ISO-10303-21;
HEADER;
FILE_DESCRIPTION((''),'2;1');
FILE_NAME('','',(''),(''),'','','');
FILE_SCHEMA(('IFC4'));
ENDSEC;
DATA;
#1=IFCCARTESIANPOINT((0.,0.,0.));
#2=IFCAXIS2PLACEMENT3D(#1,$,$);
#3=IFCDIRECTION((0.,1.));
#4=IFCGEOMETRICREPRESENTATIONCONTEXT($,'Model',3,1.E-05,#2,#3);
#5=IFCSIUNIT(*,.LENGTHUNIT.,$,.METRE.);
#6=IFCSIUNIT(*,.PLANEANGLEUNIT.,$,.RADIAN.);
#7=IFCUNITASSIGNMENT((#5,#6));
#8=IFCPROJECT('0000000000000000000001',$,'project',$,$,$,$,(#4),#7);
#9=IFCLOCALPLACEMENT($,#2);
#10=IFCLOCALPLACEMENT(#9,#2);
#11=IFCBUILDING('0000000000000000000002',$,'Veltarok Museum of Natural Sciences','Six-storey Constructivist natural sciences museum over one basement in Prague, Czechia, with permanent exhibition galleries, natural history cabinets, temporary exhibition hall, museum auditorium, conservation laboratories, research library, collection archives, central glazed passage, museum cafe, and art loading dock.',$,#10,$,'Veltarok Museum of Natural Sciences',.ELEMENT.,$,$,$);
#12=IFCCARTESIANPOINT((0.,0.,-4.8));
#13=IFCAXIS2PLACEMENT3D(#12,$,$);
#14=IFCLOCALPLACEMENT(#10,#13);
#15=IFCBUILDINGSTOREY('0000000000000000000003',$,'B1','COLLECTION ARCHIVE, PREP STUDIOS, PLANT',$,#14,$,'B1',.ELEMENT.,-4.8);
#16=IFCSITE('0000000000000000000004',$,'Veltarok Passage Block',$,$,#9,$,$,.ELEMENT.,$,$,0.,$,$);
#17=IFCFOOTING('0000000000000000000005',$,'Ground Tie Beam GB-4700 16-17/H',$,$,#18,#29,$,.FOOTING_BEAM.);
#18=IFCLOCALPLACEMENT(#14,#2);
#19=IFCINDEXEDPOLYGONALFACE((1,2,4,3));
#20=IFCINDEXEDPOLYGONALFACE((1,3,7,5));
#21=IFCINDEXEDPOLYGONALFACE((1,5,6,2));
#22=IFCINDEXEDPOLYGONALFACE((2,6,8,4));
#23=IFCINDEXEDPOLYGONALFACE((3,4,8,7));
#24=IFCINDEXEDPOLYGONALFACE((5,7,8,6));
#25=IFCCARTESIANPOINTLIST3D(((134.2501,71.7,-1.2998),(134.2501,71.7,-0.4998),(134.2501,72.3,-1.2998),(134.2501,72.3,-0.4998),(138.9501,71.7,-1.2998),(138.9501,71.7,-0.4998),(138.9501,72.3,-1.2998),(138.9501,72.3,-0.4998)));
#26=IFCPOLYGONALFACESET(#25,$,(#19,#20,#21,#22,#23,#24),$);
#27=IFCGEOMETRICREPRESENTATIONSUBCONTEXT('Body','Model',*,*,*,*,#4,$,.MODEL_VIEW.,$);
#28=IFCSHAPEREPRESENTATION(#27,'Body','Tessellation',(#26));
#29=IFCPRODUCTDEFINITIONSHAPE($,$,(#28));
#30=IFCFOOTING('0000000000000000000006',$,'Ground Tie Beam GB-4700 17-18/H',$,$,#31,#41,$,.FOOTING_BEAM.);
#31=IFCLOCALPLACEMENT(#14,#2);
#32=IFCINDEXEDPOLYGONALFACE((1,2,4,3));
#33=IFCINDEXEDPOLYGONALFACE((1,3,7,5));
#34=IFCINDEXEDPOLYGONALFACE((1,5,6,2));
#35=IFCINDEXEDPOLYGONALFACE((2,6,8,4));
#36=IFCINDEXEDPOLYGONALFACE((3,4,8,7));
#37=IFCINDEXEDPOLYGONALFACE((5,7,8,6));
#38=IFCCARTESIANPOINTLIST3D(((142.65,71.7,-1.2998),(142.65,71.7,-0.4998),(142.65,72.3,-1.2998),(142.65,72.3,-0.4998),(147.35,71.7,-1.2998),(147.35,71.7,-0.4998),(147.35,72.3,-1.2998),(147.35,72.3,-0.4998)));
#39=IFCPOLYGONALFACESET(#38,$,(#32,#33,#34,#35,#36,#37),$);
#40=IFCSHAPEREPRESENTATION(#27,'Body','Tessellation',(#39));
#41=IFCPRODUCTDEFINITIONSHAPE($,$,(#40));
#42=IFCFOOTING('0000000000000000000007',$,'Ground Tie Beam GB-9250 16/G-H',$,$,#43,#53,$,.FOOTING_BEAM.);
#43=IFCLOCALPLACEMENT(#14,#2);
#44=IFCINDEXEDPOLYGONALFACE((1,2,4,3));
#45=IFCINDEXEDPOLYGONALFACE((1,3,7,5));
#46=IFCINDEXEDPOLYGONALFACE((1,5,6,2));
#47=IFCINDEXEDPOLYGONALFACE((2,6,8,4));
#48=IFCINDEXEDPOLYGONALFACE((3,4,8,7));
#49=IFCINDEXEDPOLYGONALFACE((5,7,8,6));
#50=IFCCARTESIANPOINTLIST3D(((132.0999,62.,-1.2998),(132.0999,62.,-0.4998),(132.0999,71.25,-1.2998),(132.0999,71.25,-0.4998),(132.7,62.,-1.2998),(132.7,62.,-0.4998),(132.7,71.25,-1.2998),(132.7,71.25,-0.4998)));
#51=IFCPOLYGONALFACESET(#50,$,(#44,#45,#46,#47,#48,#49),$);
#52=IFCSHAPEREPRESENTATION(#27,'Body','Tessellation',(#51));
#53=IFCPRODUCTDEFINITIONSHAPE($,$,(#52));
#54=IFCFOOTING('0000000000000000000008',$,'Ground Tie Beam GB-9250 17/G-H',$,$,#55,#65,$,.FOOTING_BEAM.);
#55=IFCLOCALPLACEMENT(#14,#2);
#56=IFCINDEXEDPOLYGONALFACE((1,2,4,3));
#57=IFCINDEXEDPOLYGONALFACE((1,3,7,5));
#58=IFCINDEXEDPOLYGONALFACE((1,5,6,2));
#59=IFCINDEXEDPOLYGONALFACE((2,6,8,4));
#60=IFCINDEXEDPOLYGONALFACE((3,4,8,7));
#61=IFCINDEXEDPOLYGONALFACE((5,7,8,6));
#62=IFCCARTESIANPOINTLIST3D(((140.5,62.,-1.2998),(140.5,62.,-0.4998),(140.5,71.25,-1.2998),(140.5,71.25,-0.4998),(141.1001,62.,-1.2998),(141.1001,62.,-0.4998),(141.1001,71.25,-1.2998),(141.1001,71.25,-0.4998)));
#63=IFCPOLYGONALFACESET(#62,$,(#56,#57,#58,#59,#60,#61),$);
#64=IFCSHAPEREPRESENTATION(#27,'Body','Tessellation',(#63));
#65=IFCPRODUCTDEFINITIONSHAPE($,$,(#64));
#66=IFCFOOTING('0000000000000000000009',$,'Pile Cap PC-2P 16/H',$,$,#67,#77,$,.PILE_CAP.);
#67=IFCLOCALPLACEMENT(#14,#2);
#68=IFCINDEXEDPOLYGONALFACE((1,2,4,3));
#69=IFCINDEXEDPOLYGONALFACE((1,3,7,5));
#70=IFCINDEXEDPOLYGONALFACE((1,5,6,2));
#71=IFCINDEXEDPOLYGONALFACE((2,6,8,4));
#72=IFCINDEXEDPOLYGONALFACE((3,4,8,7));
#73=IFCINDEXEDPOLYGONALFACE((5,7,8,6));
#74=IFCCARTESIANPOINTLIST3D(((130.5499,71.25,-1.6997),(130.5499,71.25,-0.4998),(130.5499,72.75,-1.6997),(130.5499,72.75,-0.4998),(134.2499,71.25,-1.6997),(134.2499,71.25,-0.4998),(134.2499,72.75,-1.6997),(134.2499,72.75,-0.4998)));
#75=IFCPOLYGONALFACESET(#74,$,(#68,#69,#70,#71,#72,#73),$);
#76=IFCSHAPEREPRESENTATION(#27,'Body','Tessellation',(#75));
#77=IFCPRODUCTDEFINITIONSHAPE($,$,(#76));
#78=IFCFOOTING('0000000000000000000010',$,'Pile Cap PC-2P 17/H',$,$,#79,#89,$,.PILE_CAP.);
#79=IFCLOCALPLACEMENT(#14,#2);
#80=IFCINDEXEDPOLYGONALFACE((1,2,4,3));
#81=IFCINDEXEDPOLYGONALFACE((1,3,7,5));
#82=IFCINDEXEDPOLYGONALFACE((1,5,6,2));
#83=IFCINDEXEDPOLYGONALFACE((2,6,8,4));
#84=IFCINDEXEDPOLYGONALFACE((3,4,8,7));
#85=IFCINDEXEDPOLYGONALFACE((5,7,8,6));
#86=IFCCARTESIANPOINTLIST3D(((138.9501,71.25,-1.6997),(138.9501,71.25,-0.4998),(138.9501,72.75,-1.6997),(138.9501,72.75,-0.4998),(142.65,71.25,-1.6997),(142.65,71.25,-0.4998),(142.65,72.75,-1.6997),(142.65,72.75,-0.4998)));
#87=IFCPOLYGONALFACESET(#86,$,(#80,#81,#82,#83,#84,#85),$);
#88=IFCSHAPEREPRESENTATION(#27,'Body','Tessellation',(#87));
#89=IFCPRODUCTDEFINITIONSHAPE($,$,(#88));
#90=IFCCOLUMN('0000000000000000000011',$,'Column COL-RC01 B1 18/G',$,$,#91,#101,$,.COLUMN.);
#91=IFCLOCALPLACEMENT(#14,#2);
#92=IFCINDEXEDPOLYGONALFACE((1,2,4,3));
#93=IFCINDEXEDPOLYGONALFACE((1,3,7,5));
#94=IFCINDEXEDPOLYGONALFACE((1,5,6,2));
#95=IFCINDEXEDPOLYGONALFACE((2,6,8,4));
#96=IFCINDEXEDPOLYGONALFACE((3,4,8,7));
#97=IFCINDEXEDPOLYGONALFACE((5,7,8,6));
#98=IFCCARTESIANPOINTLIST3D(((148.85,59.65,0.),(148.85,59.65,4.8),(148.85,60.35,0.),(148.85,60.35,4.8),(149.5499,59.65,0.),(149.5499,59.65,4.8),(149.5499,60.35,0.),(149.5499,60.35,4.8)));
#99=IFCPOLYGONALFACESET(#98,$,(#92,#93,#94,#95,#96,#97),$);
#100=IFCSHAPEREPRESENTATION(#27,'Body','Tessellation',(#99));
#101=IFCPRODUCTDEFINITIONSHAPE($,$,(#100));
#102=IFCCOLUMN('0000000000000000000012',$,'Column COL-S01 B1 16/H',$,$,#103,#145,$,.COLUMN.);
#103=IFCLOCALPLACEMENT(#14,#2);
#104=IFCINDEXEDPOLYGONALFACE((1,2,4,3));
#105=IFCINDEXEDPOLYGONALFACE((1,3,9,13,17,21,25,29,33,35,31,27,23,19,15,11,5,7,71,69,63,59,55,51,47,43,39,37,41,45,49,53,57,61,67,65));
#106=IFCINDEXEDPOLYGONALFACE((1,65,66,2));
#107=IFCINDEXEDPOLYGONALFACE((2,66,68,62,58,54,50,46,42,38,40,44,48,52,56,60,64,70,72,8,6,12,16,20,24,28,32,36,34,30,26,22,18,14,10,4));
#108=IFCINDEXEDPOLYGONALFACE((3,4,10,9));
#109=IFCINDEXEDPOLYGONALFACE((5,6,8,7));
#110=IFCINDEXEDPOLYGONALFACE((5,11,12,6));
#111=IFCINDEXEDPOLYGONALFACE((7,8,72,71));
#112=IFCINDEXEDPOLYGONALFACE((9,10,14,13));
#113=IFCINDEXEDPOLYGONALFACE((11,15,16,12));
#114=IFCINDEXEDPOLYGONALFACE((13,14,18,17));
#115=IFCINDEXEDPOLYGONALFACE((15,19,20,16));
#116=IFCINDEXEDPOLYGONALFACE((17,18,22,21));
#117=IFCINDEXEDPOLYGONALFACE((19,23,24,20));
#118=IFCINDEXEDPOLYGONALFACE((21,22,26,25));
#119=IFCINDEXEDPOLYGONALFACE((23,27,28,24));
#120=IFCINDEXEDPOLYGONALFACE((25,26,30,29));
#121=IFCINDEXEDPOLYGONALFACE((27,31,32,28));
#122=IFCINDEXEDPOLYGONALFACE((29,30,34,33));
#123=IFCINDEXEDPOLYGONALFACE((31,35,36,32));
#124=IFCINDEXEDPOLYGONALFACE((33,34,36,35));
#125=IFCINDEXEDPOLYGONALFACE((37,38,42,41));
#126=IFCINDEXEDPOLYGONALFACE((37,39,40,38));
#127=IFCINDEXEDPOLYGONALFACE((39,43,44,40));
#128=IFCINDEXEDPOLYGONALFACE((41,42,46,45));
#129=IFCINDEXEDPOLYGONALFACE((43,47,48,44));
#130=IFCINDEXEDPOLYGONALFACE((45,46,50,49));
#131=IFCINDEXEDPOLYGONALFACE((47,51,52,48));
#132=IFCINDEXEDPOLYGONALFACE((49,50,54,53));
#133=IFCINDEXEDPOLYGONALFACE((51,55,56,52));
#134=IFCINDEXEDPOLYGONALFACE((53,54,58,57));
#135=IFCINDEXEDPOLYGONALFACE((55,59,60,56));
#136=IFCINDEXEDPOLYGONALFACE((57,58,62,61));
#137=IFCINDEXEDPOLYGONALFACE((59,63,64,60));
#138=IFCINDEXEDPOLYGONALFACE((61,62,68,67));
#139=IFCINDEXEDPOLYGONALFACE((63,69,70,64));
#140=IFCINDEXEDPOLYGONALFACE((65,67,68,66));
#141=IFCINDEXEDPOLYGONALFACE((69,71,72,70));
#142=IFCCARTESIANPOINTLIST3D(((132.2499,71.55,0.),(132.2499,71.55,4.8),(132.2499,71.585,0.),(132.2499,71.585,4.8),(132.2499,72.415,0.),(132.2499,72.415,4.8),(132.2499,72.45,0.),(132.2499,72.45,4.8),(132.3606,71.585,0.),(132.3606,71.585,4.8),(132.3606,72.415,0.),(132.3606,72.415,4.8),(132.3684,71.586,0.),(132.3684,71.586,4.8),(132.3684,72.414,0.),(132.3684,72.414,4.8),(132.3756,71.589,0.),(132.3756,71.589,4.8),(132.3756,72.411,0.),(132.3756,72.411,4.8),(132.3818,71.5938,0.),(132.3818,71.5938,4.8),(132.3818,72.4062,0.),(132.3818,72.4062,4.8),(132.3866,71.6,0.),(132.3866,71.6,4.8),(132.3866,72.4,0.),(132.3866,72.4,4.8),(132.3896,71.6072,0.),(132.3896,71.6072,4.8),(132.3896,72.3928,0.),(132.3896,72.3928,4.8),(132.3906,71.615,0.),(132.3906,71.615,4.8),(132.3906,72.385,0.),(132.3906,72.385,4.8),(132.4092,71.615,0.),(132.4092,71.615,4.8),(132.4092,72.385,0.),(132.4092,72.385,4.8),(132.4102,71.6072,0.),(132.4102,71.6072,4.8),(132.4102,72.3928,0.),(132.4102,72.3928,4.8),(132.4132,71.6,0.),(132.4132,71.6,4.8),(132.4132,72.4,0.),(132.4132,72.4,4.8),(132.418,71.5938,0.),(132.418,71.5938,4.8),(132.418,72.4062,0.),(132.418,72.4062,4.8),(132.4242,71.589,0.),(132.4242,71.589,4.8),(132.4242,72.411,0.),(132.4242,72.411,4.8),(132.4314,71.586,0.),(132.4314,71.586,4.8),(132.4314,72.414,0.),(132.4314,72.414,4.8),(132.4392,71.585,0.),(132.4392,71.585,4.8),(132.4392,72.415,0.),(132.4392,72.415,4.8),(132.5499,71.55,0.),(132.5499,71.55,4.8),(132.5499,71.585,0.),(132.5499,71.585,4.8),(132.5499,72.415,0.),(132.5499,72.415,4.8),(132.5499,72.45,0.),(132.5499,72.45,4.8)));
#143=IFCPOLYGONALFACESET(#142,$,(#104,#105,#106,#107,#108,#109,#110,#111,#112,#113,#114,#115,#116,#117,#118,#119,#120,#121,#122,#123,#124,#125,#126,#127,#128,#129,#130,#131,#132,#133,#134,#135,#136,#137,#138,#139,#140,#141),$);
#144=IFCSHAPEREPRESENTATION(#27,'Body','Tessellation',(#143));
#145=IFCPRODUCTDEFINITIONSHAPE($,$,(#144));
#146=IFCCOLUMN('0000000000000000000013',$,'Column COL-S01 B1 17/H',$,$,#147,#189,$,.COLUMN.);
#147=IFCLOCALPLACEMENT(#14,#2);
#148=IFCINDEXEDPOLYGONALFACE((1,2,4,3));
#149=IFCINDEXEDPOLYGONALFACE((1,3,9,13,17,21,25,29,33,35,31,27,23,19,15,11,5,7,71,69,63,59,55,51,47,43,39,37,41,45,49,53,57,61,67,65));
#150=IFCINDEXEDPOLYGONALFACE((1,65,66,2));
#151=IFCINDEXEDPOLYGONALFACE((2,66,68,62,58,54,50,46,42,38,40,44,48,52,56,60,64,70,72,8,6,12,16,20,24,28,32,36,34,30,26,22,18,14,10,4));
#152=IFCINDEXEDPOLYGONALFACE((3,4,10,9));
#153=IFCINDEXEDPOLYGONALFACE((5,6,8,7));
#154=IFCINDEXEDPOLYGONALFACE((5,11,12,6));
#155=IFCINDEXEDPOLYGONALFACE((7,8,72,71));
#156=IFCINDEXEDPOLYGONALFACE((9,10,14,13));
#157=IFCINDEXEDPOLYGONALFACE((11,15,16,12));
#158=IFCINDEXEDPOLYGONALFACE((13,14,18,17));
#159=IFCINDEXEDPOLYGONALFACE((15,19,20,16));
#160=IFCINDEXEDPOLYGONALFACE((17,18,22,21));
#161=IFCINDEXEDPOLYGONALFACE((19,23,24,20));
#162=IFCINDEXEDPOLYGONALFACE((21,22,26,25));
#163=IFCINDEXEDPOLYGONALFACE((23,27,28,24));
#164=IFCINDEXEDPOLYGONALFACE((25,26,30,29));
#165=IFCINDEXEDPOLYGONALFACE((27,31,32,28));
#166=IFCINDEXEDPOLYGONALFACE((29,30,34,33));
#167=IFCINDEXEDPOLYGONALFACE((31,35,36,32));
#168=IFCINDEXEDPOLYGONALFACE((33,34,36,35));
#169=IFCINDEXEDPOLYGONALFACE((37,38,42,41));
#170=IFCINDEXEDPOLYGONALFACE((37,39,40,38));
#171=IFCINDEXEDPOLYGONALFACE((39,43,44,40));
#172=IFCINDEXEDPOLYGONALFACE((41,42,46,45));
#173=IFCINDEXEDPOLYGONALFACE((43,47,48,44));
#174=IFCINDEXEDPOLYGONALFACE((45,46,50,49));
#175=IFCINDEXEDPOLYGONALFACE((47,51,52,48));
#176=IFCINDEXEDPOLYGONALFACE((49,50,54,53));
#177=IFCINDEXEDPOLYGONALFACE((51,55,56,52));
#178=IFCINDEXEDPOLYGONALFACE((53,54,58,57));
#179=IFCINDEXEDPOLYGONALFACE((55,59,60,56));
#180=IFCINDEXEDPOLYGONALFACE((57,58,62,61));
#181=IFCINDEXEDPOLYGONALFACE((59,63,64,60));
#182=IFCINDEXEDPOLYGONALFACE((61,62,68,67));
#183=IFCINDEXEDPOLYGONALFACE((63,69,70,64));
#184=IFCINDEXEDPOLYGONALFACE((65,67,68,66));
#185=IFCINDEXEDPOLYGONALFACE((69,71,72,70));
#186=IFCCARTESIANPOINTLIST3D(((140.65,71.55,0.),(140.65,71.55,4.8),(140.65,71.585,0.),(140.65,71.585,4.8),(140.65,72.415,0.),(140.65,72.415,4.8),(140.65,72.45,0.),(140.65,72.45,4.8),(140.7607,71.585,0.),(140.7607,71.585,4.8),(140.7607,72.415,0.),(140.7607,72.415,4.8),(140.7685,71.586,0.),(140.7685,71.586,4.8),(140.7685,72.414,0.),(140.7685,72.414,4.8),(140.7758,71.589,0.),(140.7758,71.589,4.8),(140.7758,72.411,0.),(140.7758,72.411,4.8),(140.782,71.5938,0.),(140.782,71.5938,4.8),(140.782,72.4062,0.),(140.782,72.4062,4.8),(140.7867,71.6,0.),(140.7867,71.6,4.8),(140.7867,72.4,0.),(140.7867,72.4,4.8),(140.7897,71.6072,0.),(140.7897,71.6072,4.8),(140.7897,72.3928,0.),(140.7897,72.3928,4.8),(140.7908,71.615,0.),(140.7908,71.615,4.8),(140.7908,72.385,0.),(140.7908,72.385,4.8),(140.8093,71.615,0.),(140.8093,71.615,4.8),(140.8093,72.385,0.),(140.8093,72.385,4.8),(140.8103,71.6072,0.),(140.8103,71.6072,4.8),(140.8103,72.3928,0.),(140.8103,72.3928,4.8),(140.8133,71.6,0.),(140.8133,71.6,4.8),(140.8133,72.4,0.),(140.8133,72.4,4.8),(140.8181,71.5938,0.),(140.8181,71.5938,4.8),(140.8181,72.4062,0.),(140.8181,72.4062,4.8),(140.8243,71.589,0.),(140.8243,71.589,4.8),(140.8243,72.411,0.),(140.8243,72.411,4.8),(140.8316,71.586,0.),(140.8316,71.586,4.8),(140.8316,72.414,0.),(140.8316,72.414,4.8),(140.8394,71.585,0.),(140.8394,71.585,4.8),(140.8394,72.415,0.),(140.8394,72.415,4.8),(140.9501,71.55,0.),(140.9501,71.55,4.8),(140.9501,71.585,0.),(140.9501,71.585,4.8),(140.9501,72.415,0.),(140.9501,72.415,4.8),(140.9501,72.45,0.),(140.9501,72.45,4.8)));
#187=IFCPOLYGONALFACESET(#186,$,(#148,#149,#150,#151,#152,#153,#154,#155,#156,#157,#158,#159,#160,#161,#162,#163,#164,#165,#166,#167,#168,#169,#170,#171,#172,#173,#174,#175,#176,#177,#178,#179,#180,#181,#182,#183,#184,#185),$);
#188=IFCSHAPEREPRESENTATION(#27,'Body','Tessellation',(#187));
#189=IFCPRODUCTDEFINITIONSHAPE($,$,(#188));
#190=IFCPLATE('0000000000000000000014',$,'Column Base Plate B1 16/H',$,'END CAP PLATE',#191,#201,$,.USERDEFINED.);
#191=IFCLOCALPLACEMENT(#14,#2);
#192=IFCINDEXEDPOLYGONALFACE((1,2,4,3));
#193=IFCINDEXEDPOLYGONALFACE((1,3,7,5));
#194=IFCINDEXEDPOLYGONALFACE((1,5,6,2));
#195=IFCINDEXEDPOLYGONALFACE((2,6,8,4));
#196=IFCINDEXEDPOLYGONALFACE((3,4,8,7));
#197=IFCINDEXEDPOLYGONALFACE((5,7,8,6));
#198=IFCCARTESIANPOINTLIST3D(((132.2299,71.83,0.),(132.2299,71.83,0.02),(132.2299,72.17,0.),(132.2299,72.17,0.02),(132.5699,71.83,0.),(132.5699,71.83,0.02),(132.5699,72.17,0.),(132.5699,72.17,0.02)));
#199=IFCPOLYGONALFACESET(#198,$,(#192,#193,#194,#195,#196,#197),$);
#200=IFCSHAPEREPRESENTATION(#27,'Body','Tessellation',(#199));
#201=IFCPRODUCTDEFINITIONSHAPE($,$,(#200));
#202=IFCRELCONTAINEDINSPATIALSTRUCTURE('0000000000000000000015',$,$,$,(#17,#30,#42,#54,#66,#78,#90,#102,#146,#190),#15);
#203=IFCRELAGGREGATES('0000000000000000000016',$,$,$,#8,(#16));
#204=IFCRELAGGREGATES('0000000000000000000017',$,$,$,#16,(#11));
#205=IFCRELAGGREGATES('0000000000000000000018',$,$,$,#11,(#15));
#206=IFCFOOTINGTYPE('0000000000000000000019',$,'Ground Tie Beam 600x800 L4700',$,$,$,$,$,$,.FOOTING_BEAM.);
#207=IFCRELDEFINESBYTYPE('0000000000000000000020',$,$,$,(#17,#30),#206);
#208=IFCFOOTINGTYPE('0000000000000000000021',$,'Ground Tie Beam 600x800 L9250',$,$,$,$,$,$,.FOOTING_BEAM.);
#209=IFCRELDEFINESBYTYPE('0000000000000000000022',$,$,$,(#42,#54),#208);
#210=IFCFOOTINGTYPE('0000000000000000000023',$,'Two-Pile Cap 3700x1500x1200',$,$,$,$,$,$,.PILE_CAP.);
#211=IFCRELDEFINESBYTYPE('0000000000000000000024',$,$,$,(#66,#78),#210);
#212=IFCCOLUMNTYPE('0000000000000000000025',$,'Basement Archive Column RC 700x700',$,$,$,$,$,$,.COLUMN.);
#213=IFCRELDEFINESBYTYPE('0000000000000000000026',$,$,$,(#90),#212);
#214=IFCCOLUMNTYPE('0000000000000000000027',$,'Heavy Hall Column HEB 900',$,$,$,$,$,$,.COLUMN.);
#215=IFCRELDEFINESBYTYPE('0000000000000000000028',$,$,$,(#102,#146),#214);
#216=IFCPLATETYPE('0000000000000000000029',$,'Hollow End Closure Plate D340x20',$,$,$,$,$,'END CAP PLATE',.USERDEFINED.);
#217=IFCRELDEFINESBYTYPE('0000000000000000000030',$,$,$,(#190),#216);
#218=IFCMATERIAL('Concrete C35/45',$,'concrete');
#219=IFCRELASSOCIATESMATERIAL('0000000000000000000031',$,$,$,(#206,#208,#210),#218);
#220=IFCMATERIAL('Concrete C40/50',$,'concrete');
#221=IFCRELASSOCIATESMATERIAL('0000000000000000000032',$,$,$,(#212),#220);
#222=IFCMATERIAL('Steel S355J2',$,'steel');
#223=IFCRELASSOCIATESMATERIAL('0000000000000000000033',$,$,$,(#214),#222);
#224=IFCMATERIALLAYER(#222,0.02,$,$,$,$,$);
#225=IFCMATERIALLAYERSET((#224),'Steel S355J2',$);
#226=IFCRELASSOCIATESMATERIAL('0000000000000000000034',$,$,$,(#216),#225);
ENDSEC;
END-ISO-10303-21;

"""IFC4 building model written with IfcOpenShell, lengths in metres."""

from ifc_helpers import new_model, si_unit, direction, frame, origin, origin_2d, place, context, subcontext, project, spatial, rectangle, i_section, extrude, material, layer, layer_set, material_profile, profile_set, type_object, element, save


model = new_model("IFC4")

# Units and contexts
model_context = context("Model", 3, precision=1e-05, world=origin(), true_north=direction((0.0, 1.0)))
body_context = subcontext(model_context, "Body", "Model", "MODEL_VIEW")
ifc_project = project(units=[si_unit("LENGTHUNIT", "METRE"), si_unit("PLANEANGLEUNIT", "RADIAN")], contexts=[model_context])

# Site, building, storey
site_placement = place(None, origin())
site = spatial("IfcSite", under=ifc_project, at=site_placement, Name="Veltarok Passage Block", CompositionType="ELEMENT", RefElevation=0.0)
building_placement = place(site_placement, origin())
building = spatial("IfcBuilding", under=site, at=building_placement, Name="Veltarok Museum of Natural Sciences", Description="Six-storey Constructivist natural sciences museum over one basement in Prague, Czechia, with permanent exhibition galleries, natural history cabinets, temporary exhibition hall, museum auditorium, conservation laboratories, research library, collection archives, central glazed passage, museum cafe, and art loading dock.", LongName="Veltarok Museum of Natural Sciences", CompositionType="ELEMENT")
storey_placement = place(building_placement, frame((0.0, 0.0, -4.8)))
storey = spatial("IfcBuildingStorey", under=building, at=storey_placement, Name="B1", Description="COLLECTION ARCHIVE, PREP STUDIOS, PLANT", LongName="B1", CompositionType="ELEMENT", Elevation=-4.8)

# Shared definitions
ifc_material_1 = material(Name="Concrete C35/45", Category="concrete")

# Footings
footing_type_1 = type_object("IfcFootingType", Name="Ground Tie Beam 600x800 L4700", PredefinedType="FOOTING_BEAM", material=ifc_material_1)
for number, where, z_axis, x_axis, name in (
    (1, (136.6001, 72.0, -1.2998), (0.0, 0.0, 1.0), (1.0, 0.0, 0.0), "Ground Tie Beam GB-4700 16-17/H"),
    (2, (145.0, 72.0, -1.2998), (0.0, 0.0, 1.0), (1.0, 0.0, 0.0), "Ground Tie Beam GB-4700 17-18/H"),
):
    element("IfcFooting", number, at=place(storey_placement, frame(where, z_axis=z_axis, x_axis=x_axis)), inside=storey, type_object=footing_type_1, Name=name, PredefinedType="FOOTING_BEAM", context=body_context, shape_type="SweptSolid", body=[
        extrude(rectangle(XDim=4.7, YDim=0.6001, at=origin_2d()), origin(), (0.0, 0.0, 1.0), 0.8),
    ])
footing_type_2 = type_object("IfcFootingType", Name="Ground Tie Beam 600x800 L9250", PredefinedType="FOOTING_BEAM", material=ifc_material_1)
for number, where, z_axis, x_axis, name in (
    (3, (132.3999, 66.625, -1.2998), (0.0, 0.0, 1.0), (0.0, 1.0, 0.0), "Ground Tie Beam GB-9250 16/G-H"),
    (4, (140.8, 66.625, -1.2998), (0.0, 0.0, 1.0), (0.0, 1.0, 0.0), "Ground Tie Beam GB-9250 17/G-H"),
):
    element("IfcFooting", number, at=place(storey_placement, frame(where, z_axis=z_axis, x_axis=x_axis)), inside=storey, type_object=footing_type_2, Name=name, PredefinedType="FOOTING_BEAM", context=body_context, shape_type="SweptSolid", body=[
        extrude(rectangle(XDim=9.25, YDim=0.6001, at=origin_2d()), origin(), (0.0, 0.0, 1.0), 0.8),
    ])
footing_type_3 = type_object("IfcFootingType", Name="Two-Pile Cap 3700x1500x1200", PredefinedType="PILE_CAP", material=ifc_material_1)
for number, where, z_axis, x_axis, name in (
    (5, (132.3999, 72.0, -1.6997), (0.0, 0.0, 1.0), (1.0, 0.0, 0.0), "Pile Cap PC-2P 16/H"),
    (6, (140.8, 72.0, -1.6997), (0.0, 0.0, 1.0), (1.0, 0.0, 0.0), "Pile Cap PC-2P 17/H"),
):
    element("IfcFooting", number, at=place(storey_placement, frame(where, z_axis=z_axis, x_axis=x_axis)), inside=storey, type_object=footing_type_3, Name=name, PredefinedType="PILE_CAP", context=body_context, shape_type="SweptSolid", body=[
        extrude(rectangle(XDim=3.7, YDim=1.5, at=origin_2d()), origin(), (0.0, 0.0, 1.0), 1.2),
    ])

# Columns
ifc_material_2 = material(Name="Concrete C40/50", Category="concrete")
ifc_material_profile_1 = material_profile(ifc_material_2, rectangle(XDim=0.7, YDim=0.7, at=origin_2d()), Name="RC 700x700")
ifc_profile_set_1 = profile_set([ifc_material_profile_1], Name="Concrete C40/50")
column_type_1 = type_object("IfcColumnType", Name="Basement Archive Column RC 700x700", PredefinedType="COLUMN", material=ifc_profile_set_1)
column_placement = place(storey_placement, frame((149.2, 60.0, 0.0), z_axis=(0.0, 0.0, 1.0), x_axis=(1.0, 0.0, 0.0)))
element("IfcColumn", 7, at=column_placement, inside=storey, type_object=column_type_1, Name="Column COL-RC01 B1 18/G", PredefinedType="COLUMN", context=body_context, shape_type="SweptSolid", body=[
    extrude(rectangle(XDim=0.7, YDim=0.7, at=origin_2d()), origin(), (0.0, 0.0, 1.0), 4.8),
])
ifc_material_3 = material(Name="Steel S355J2", Category="steel")
ifc_material_profile_2 = material_profile(ifc_material_3, i_section(OverallWidth=0.3, OverallDepth=0.8999, WebThickness=0.0186, FlangeThickness=0.0349, FilletRadius=0.03, at=origin_2d()), Name="HEB 900")
ifc_profile_set_2 = profile_set([ifc_material_profile_2], Name="Steel S355J2")
column_type_2 = type_object("IfcColumnType", Name="Heavy Hall Column HEB 900", PredefinedType="COLUMN", material=ifc_profile_set_2)
for number, where, z_axis, x_axis, name in (
    (8, (132.3999, 72.0, 0.0), (0.0, 0.0, 1.0), (1.0, 0.0, 0.0), "Column COL-S01 B1 16/H"),
    (9, (140.8, 72.0, 0.0), (0.0, 0.0, 1.0), (1.0, 0.0, 0.0), "Column COL-S01 B1 17/H"),
):
    element("IfcColumn", number, at=place(storey_placement, frame(where, z_axis=z_axis, x_axis=x_axis)), inside=storey, type_object=column_type_2, Name=name, PredefinedType="COLUMN", context=body_context, shape_type="SweptSolid", body=[
        extrude(i_section(OverallWidth=0.3, OverallDepth=0.8999, WebThickness=0.0186, FlangeThickness=0.0349, FilletRadius=0.03, at=origin_2d()), origin(), (0.0, 0.0, 1.0), 4.8),
    ])

# Plate
ifc_layer_1 = layer(ifc_material_3, 0.02)
ifc_layer_set_1 = layer_set([ifc_layer_1], Name="Steel S355J2")
plate_type = type_object("IfcPlateType", Name="Hollow End Closure Plate D340x20", ElementType="END CAP PLATE", PredefinedType="USERDEFINED", material=ifc_layer_set_1)
for number, where, z_axis, x_axis, name in (
    (10, (132.3999, 72.0, 0.0), (0.0, 0.0, 1.0), (1.0, 0.0, 0.0), "Column Base Plate B1 16/H"),
):
    element("IfcPlate", number, at=place(storey_placement, frame(where, z_axis=z_axis, x_axis=x_axis)), inside=storey, type_object=plate_type, Name=name, ObjectType="END CAP PLATE", PredefinedType="USERDEFINED", context=body_context, shape_type="SweptSolid", body=[
        extrude(rectangle(XDim=0.3401, YDim=0.3401, at=origin_2d()), origin(), (0.0, 0.0, 1.0), 0.02),
    ])

save(model, "model.ifc")
